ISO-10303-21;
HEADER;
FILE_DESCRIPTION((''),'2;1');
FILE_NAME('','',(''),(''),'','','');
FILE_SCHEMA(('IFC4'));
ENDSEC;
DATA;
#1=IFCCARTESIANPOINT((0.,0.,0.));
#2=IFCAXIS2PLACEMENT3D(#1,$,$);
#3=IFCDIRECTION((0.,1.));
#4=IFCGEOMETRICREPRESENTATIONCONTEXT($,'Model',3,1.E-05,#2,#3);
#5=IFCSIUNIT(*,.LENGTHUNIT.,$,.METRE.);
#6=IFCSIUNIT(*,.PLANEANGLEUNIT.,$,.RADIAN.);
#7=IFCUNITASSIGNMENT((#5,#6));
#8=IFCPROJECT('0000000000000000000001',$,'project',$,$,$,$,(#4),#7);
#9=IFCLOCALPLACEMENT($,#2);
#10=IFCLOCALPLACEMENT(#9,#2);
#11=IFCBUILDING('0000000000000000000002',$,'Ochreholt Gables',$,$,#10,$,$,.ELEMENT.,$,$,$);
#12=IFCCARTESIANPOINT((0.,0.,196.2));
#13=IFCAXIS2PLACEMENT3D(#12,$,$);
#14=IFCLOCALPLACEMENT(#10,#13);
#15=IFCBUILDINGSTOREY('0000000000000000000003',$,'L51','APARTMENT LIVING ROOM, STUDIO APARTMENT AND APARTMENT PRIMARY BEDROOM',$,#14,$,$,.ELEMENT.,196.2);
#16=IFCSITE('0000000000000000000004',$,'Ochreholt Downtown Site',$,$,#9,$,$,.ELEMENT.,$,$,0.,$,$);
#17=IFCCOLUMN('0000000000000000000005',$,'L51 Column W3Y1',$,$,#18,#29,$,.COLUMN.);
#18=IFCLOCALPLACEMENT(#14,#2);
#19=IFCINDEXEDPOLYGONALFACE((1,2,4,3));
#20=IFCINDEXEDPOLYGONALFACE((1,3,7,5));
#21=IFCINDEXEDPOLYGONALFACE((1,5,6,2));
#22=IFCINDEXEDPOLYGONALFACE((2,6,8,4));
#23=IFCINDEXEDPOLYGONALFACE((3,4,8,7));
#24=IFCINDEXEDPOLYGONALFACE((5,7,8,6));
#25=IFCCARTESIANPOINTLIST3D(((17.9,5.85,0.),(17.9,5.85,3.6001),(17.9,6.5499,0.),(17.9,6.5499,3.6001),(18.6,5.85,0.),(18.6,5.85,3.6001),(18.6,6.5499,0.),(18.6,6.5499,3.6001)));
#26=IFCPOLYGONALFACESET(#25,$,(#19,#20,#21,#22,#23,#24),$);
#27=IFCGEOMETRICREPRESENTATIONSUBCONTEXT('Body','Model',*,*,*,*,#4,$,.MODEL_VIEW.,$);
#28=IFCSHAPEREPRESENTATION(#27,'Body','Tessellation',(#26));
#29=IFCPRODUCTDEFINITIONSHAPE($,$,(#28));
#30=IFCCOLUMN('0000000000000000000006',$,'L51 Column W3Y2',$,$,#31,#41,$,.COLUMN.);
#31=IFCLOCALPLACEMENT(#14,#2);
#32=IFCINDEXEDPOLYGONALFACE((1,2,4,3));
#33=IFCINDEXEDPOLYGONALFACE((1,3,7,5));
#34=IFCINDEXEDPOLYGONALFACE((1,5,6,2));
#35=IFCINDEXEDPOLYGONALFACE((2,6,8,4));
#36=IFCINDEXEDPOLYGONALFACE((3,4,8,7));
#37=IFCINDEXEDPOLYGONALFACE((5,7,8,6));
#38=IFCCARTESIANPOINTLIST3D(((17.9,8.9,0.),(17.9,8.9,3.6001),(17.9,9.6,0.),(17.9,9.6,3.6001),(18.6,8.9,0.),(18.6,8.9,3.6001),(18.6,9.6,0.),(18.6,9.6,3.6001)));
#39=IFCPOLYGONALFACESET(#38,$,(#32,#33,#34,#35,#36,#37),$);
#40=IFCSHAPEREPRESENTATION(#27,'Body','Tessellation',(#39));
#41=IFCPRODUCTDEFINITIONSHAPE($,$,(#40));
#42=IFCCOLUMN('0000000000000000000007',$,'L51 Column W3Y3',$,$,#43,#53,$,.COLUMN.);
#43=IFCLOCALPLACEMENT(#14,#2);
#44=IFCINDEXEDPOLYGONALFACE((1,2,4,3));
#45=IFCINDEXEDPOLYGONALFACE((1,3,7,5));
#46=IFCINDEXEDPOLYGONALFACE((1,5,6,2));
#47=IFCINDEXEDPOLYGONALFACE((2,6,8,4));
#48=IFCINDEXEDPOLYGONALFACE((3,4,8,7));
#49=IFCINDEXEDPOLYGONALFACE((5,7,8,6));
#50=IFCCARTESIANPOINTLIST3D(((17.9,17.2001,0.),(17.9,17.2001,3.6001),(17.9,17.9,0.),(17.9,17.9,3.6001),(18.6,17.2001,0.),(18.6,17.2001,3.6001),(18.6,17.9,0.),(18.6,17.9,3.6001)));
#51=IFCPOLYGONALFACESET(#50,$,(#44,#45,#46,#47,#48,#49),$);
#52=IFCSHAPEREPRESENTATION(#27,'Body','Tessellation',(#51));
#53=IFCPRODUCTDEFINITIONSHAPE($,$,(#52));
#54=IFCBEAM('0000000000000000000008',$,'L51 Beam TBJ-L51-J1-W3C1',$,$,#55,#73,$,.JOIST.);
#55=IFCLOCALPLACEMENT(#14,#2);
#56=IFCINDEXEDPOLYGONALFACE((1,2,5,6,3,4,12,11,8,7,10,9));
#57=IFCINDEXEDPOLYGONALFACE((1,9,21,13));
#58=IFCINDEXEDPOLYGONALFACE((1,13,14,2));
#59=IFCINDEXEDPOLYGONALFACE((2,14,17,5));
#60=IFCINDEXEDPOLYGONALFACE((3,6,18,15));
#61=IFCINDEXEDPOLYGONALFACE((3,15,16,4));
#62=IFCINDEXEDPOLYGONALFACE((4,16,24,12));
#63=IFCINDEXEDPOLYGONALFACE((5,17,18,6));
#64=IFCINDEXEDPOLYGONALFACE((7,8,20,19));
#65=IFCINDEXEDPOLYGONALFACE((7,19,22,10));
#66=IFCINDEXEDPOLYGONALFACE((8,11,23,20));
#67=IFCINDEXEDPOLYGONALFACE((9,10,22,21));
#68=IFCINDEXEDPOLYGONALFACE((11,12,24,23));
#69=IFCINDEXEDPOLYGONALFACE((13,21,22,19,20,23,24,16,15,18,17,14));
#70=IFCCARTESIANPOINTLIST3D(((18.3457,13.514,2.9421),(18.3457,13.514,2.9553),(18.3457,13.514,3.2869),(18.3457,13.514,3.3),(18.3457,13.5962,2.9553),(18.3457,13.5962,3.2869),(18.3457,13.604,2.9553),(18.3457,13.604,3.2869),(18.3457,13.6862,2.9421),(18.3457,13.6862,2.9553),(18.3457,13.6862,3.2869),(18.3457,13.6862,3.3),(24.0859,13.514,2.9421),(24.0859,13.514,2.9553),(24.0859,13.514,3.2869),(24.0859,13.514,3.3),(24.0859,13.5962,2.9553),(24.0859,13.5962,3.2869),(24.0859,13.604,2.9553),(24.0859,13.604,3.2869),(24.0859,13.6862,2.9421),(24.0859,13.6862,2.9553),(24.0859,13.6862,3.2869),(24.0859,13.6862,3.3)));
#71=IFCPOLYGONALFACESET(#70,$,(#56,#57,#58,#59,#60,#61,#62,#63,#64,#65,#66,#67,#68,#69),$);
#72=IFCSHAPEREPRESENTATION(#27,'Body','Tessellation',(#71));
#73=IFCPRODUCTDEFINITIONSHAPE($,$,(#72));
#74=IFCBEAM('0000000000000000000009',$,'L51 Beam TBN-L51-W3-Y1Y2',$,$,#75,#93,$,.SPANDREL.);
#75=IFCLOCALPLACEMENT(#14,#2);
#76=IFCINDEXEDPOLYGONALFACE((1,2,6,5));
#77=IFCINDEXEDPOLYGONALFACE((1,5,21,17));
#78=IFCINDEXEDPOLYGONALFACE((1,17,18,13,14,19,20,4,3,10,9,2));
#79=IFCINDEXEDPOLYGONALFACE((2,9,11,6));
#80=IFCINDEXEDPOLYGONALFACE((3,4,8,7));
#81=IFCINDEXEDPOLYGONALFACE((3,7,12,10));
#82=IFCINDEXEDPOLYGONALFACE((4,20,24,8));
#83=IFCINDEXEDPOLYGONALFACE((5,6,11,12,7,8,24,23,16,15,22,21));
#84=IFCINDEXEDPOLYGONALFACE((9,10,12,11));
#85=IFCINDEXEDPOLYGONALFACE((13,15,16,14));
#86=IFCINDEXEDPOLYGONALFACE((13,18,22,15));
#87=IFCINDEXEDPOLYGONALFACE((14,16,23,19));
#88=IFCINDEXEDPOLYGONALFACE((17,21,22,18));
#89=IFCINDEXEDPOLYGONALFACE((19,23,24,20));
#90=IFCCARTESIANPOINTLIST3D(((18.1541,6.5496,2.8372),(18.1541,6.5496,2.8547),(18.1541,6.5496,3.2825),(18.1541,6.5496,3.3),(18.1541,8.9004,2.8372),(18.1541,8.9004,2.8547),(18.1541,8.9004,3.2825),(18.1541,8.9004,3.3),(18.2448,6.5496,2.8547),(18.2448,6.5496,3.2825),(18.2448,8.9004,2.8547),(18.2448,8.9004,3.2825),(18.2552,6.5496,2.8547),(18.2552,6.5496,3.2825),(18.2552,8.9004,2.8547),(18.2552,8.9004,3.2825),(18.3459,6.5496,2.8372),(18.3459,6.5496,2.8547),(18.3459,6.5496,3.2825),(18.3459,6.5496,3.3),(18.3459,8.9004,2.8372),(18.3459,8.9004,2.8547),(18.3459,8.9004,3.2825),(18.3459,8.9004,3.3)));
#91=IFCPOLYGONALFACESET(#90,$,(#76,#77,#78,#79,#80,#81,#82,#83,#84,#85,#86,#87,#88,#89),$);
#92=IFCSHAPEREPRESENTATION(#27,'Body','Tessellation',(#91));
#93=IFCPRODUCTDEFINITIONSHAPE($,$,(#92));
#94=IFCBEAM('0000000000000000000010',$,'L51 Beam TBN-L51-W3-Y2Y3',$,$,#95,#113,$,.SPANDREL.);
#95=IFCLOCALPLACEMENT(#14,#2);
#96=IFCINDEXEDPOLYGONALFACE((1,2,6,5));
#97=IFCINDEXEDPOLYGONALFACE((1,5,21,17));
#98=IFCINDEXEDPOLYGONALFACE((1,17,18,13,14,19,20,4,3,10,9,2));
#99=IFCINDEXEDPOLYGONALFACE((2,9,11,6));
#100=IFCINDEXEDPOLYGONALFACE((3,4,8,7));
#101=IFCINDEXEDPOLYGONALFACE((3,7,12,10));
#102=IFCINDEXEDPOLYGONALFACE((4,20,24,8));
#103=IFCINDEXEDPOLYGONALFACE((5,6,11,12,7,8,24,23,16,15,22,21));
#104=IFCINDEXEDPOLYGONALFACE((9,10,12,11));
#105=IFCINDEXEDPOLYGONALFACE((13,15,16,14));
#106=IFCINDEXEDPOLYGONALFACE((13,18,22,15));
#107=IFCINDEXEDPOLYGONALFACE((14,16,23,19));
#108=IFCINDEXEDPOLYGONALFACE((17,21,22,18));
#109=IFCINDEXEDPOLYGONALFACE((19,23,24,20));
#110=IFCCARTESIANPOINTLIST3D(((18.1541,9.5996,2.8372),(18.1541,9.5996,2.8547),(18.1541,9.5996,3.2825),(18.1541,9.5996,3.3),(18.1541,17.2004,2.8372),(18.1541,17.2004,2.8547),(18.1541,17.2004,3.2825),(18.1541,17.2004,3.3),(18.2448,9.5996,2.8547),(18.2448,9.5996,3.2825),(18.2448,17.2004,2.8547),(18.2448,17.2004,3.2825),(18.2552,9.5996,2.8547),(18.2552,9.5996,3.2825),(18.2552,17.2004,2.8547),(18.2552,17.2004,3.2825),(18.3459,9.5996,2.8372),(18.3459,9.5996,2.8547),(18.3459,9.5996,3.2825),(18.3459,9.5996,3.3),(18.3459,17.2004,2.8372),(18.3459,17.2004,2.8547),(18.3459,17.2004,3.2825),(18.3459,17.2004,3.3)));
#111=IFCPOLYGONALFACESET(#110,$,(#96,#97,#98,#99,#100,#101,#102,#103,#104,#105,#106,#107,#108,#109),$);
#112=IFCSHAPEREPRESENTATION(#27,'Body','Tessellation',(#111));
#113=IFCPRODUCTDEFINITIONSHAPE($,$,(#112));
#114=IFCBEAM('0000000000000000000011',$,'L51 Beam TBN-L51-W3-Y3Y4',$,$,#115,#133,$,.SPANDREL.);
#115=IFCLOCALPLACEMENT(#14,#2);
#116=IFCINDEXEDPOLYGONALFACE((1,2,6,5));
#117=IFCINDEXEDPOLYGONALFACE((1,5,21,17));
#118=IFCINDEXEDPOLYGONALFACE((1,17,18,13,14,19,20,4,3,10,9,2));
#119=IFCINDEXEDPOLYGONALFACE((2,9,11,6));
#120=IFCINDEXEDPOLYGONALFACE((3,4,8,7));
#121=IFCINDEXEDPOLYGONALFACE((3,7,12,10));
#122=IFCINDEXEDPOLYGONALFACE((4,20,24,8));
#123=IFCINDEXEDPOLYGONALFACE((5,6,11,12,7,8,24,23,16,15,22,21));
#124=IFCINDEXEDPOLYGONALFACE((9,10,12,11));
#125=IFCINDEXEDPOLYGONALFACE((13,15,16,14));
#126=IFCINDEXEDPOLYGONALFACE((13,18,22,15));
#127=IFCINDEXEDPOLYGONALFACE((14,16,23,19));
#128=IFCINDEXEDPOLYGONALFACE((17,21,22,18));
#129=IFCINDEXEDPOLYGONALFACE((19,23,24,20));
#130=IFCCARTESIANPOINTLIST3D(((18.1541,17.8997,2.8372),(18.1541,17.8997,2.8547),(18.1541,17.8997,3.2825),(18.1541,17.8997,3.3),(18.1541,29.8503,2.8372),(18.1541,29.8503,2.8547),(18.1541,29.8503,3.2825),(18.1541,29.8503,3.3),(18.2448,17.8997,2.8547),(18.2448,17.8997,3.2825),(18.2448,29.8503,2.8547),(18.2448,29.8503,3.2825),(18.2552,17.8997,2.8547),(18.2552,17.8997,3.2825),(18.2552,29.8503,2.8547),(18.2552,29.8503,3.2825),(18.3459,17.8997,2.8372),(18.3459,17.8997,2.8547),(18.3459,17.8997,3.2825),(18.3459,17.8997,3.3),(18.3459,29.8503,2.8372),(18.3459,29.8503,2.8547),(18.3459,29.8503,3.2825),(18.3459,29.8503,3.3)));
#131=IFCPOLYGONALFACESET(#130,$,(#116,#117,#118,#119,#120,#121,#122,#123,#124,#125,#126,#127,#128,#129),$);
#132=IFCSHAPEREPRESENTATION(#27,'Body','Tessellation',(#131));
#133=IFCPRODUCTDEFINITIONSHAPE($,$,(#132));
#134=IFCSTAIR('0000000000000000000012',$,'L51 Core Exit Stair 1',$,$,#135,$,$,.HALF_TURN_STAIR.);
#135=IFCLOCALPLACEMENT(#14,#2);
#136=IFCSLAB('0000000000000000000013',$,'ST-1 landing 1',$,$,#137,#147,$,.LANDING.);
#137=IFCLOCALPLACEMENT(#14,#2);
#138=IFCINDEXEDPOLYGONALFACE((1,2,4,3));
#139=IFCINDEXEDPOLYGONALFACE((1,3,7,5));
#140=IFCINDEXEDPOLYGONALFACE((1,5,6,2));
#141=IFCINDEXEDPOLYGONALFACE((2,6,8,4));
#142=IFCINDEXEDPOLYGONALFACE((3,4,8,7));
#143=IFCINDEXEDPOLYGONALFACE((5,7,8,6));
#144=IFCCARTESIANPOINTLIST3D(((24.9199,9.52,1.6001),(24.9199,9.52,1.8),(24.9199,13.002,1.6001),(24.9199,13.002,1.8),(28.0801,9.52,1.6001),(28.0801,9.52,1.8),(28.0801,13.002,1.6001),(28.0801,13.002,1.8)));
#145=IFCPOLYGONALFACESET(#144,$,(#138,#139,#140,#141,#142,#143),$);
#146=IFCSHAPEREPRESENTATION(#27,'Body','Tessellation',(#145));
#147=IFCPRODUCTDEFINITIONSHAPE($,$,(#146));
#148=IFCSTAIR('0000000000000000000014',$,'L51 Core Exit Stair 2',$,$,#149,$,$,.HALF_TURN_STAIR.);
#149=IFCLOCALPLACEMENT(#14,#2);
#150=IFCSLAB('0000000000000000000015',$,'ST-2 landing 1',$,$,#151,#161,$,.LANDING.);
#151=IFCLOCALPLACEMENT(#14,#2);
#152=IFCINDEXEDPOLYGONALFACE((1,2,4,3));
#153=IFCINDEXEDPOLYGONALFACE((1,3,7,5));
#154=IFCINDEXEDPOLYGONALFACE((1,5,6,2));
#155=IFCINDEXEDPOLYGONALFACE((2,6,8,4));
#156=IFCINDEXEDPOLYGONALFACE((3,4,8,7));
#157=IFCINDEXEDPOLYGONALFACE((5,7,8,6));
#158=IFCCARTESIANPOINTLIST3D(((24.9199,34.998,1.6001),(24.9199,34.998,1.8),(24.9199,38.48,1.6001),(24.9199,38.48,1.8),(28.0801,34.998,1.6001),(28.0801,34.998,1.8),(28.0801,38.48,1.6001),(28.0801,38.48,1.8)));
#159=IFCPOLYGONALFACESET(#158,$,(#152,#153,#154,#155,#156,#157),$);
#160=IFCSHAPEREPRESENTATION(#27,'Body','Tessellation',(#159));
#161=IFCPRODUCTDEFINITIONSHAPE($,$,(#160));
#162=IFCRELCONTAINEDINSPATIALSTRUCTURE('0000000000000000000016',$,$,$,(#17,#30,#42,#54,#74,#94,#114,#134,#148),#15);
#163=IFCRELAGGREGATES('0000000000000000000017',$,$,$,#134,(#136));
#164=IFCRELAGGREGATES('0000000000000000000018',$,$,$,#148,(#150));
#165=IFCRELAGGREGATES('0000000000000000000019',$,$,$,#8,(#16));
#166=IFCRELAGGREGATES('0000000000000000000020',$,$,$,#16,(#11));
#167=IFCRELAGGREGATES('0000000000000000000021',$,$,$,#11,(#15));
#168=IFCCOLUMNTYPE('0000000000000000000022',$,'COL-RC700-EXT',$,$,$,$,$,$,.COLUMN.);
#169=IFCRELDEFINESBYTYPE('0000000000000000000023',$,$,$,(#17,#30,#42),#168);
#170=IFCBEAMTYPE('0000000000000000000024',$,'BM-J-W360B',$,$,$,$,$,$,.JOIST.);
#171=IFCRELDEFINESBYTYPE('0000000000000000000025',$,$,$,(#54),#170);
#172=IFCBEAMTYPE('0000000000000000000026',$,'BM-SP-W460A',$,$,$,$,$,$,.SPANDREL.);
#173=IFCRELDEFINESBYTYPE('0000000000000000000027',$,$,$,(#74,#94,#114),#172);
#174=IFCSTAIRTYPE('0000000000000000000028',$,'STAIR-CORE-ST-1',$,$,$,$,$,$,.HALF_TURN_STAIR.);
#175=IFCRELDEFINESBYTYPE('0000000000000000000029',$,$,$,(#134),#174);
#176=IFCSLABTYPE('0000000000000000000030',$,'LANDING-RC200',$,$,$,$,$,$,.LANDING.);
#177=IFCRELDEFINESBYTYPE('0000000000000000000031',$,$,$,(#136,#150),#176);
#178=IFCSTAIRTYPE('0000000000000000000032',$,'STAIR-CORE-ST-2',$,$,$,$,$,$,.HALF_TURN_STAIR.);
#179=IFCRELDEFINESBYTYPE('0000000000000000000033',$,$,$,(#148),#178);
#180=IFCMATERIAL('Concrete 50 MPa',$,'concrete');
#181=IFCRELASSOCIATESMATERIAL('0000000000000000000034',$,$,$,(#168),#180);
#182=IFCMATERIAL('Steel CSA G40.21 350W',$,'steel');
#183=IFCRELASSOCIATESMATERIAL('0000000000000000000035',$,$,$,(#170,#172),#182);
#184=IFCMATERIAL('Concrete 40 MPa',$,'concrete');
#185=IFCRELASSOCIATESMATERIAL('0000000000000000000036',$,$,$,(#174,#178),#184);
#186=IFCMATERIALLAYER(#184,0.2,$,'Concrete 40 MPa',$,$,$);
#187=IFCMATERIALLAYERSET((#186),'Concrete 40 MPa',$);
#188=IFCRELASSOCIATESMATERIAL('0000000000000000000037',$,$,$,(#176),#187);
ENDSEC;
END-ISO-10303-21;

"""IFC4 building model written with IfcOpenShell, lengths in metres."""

from ifc_helpers import new_model, si_unit, direction, frame, origin, origin_2d, place, context, subcontext, project, spatial, polyline, rectangle, i_section, outline, extrude, material, layer, layer_set, material_profile, profile_set, type_object, element, aggregate, save


model = new_model("IFC4")

# Units and contexts
model_context = context("Model", 3, precision=1e-05, world=origin(), true_north=direction((0.0, 1.0)))
body_context = subcontext(model_context, "Body", "Model", "MODEL_VIEW")
ifc_project = project(units=[si_unit("LENGTHUNIT", "METRE"), si_unit("PLANEANGLEUNIT", "RADIAN")], contexts=[model_context])

# Site, building, storey
site_placement = place(None, origin())
site = spatial("IfcSite", under=ifc_project, at=site_placement, Name="Ochreholt Downtown Site", CompositionType="ELEMENT", RefElevation=0.0)
building_placement = place(site_placement, origin())
building = spatial("IfcBuilding", under=site, at=building_placement, Name="Ochreholt Gables", CompositionType="ELEMENT")
storey_placement = place(building_placement, frame((0.0, 0.0, 196.2)))
storey = spatial("IfcBuildingStorey", under=building, at=storey_placement, Name="L51", Description="APARTMENT LIVING ROOM, STUDIO APARTMENT AND APARTMENT PRIMARY BEDROOM", CompositionType="ELEMENT", Elevation=196.2)

# Columns
ifc_material_1 = material(Name="Concrete 50 MPa", Category="concrete")
ifc_material_profile_1 = material_profile(ifc_material_1, rectangle(XDim=0.7, YDim=0.7, at=origin_2d()), Name="RC700X700")
ifc_profile_set_1 = profile_set([ifc_material_profile_1], Name="Concrete 50 MPa")
column_type = type_object("IfcColumnType", Name="COL-RC700-EXT", PredefinedType="COLUMN", material=ifc_profile_set_1)
for number, where, z_axis, x_axis, name in (
    (1, (18.25, 6.2, 0.0), (0.0, 0.0, 1.0), (1.0, 0.0, 0.0), "L51 Column W3Y1"),
    (2, (18.25, 9.25, 0.0), (0.0, 0.0, 1.0), (1.0, 0.0, 0.0), "L51 Column W3Y2"),
    (3, (18.25, 17.55, 0.0), (0.0, 0.0, 1.0), (1.0, 0.0, 0.0), "L51 Column W3Y3"),
):
    element("IfcColumn", number, at=place(storey_placement, frame(where, z_axis=z_axis, x_axis=x_axis)), inside=storey, type_object=column_type, Name=name, PredefinedType="COLUMN", context=body_context, shape_type="SweptSolid", body=[
        extrude(rectangle(XDim=0.7, YDim=0.7, at=origin_2d()), origin(), (0.0, 0.0, 1.0), 3.6001),
    ])

# Beams
ifc_material_2 = material(Name="Steel CSA G40.21 350W", Category="steel")
ifc_material_profile_2 = material_profile(ifc_material_2, i_section(OverallWidth=0.1721, OverallDepth=0.3579, WebThickness=0.0078, FlangeThickness=0.0132, at=origin_2d()), Name="W360X57")
ifc_profile_set_2 = profile_set([ifc_material_profile_2], Name="Steel CSA G40.21 350W")
beam_type_1 = type_object("IfcBeamType", Name="BM-J-W360B", PredefinedType="JOIST", material=ifc_profile_set_2)
beam_1_placement = place(storey_placement, frame((18.3457, 13.6001, 3.1211), z_axis=(1.0, 0.0, 0.0), x_axis=(0.0, 1.0, 0.0)))
element("IfcBeam", 4, at=beam_1_placement, inside=storey, type_object=beam_type_1, Name="L51 Beam TBJ-L51-J1-W3C1", PredefinedType="JOIST", context=body_context, shape_type="SweptSolid", body=[
    extrude(i_section(OverallWidth=0.1721, OverallDepth=0.3579, WebThickness=0.0078, FlangeThickness=0.0132, at=origin_2d()), origin(), (0.0, 0.0, 1.0), 5.7402),
])
ifc_material_profile_3 = material_profile(ifc_material_2, i_section(OverallWidth=0.1919, OverallDepth=0.4629, WebThickness=0.0105, FlangeThickness=0.0176, at=origin_2d()), Name="W460X89")
ifc_profile_set_3 = profile_set([ifc_material_profile_3], Name="Steel CSA G40.21 350W")
beam_type_2 = type_object("IfcBeamType", Name="BM-SP-W460A", PredefinedType="SPANDREL", material=ifc_profile_set_3)
beam_2_placement = place(storey_placement, frame((18.25, 6.5496, 3.0686), z_axis=(0.0, 1.0, 0.0), x_axis=(-1.0, 0.0, 0.0)))
element("IfcBeam", 5, at=beam_2_placement, inside=storey, type_object=beam_type_2, Name="L51 Beam TBN-L51-W3-Y1Y2", PredefinedType="SPANDREL", context=body_context, shape_type="SweptSolid", body=[
    extrude(i_section(OverallWidth=0.1919, OverallDepth=0.4629, WebThickness=0.0105, FlangeThickness=0.0176, at=origin_2d()), origin(), (0.0, 0.0, 1.0), 2.3508),
])
beam_3_placement = place(storey_placement, frame((18.25, 9.5996, 3.0686), z_axis=(0.0, 1.0, 0.0), x_axis=(-1.0, 0.0, 0.0)))
element("IfcBeam", 6, at=beam_3_placement, inside=storey, type_object=beam_type_2, Name="L51 Beam TBN-L51-W3-Y2Y3", PredefinedType="SPANDREL", context=body_context, shape_type="SweptSolid", body=[
    extrude(i_section(OverallWidth=0.1919, OverallDepth=0.4629, WebThickness=0.0105, FlangeThickness=0.0176, at=origin_2d()), origin(), (0.0, 0.0, 1.0), 7.6008),
])
beam_4_placement = place(storey_placement, frame((18.25, 17.8997, 3.0686), z_axis=(0.0, 1.0, 0.0), x_axis=(-1.0, 0.0, 0.0)))
element("IfcBeam", 7, at=beam_4_placement, inside=storey, type_object=beam_type_2, Name="L51 Beam TBN-L51-W3-Y3Y4", PredefinedType="SPANDREL", context=body_context, shape_type="SweptSolid", body=[
    extrude(i_section(OverallWidth=0.1919, OverallDepth=0.4629, WebThickness=0.0105, FlangeThickness=0.0176, at=origin_2d()), origin(), (0.0, 0.0, 1.0), 11.9507),
])

# Stairs, slabs
ifc_material_3 = material(Name="Concrete 40 MPa", Category="concrete")
stair_type_1 = type_object("IfcStairType", Name="STAIR-CORE-ST-1", PredefinedType="HALF_TURN_STAIR", material=ifc_material_3)
stair_1_placement = place(storey_placement, origin())
stair_1 = element("IfcStair", 8, at=stair_1_placement, inside=storey, type_object=stair_type_1, Name="L51 Core Exit Stair 1", PredefinedType="HALF_TURN_STAIR")
ifc_layer_1 = layer(ifc_material_3, 0.2, Name="Concrete 40 MPa")
ifc_layer_set_1 = layer_set([ifc_layer_1], Name="Concrete 40 MPa")
slab_type_1 = type_object("IfcSlabType", Name="LANDING-RC200", PredefinedType="LANDING", material=ifc_layer_set_1)
slab_1_placement = place(storey_placement, frame((0.0, 0.0, 1.6001)))
slab_1 = element("IfcSlab", 9, at=slab_1_placement, type_object=slab_type_1, Name="ST-1 landing 1", PredefinedType="LANDING", context=body_context, shape_type="SweptSolid", body=[
    extrude(outline(polyline([(24.9199, 13.002), (24.9199, 9.52), (28.0801, 9.52), (28.0801, 13.002), (24.9199, 13.002)])), origin(), (0.0, 0.0, 1.0), 0.2),
])
aggregate(stair_1, [slab_1])
stair_type_2 = type_object("IfcStairType", Name="STAIR-CORE-ST-2", PredefinedType="HALF_TURN_STAIR", material=ifc_material_3)
stair_2_placement = place(storey_placement, origin())
stair_2 = element("IfcStair", 10, at=stair_2_placement, inside=storey, type_object=stair_type_2, Name="L51 Core Exit Stair 2", PredefinedType="HALF_TURN_STAIR")
slab_2_placement = place(storey_placement, frame((0.0, 0.0, 1.6001)))
slab_2 = element("IfcSlab", 11, at=slab_2_placement, type_object=slab_type_1, Name="ST-2 landing 1", PredefinedType="LANDING", context=body_context, shape_type="SweptSolid", body=[
    extrude(outline(polyline([(28.0801, 34.998), (28.0801, 38.48), (24.9199, 38.48), (24.9199, 34.998), (28.0801, 34.998)])), origin(), (0.0, 0.0, 1.0), 0.2),
])
aggregate(stair_2, [slab_2])

save(model, "model.ifc")
